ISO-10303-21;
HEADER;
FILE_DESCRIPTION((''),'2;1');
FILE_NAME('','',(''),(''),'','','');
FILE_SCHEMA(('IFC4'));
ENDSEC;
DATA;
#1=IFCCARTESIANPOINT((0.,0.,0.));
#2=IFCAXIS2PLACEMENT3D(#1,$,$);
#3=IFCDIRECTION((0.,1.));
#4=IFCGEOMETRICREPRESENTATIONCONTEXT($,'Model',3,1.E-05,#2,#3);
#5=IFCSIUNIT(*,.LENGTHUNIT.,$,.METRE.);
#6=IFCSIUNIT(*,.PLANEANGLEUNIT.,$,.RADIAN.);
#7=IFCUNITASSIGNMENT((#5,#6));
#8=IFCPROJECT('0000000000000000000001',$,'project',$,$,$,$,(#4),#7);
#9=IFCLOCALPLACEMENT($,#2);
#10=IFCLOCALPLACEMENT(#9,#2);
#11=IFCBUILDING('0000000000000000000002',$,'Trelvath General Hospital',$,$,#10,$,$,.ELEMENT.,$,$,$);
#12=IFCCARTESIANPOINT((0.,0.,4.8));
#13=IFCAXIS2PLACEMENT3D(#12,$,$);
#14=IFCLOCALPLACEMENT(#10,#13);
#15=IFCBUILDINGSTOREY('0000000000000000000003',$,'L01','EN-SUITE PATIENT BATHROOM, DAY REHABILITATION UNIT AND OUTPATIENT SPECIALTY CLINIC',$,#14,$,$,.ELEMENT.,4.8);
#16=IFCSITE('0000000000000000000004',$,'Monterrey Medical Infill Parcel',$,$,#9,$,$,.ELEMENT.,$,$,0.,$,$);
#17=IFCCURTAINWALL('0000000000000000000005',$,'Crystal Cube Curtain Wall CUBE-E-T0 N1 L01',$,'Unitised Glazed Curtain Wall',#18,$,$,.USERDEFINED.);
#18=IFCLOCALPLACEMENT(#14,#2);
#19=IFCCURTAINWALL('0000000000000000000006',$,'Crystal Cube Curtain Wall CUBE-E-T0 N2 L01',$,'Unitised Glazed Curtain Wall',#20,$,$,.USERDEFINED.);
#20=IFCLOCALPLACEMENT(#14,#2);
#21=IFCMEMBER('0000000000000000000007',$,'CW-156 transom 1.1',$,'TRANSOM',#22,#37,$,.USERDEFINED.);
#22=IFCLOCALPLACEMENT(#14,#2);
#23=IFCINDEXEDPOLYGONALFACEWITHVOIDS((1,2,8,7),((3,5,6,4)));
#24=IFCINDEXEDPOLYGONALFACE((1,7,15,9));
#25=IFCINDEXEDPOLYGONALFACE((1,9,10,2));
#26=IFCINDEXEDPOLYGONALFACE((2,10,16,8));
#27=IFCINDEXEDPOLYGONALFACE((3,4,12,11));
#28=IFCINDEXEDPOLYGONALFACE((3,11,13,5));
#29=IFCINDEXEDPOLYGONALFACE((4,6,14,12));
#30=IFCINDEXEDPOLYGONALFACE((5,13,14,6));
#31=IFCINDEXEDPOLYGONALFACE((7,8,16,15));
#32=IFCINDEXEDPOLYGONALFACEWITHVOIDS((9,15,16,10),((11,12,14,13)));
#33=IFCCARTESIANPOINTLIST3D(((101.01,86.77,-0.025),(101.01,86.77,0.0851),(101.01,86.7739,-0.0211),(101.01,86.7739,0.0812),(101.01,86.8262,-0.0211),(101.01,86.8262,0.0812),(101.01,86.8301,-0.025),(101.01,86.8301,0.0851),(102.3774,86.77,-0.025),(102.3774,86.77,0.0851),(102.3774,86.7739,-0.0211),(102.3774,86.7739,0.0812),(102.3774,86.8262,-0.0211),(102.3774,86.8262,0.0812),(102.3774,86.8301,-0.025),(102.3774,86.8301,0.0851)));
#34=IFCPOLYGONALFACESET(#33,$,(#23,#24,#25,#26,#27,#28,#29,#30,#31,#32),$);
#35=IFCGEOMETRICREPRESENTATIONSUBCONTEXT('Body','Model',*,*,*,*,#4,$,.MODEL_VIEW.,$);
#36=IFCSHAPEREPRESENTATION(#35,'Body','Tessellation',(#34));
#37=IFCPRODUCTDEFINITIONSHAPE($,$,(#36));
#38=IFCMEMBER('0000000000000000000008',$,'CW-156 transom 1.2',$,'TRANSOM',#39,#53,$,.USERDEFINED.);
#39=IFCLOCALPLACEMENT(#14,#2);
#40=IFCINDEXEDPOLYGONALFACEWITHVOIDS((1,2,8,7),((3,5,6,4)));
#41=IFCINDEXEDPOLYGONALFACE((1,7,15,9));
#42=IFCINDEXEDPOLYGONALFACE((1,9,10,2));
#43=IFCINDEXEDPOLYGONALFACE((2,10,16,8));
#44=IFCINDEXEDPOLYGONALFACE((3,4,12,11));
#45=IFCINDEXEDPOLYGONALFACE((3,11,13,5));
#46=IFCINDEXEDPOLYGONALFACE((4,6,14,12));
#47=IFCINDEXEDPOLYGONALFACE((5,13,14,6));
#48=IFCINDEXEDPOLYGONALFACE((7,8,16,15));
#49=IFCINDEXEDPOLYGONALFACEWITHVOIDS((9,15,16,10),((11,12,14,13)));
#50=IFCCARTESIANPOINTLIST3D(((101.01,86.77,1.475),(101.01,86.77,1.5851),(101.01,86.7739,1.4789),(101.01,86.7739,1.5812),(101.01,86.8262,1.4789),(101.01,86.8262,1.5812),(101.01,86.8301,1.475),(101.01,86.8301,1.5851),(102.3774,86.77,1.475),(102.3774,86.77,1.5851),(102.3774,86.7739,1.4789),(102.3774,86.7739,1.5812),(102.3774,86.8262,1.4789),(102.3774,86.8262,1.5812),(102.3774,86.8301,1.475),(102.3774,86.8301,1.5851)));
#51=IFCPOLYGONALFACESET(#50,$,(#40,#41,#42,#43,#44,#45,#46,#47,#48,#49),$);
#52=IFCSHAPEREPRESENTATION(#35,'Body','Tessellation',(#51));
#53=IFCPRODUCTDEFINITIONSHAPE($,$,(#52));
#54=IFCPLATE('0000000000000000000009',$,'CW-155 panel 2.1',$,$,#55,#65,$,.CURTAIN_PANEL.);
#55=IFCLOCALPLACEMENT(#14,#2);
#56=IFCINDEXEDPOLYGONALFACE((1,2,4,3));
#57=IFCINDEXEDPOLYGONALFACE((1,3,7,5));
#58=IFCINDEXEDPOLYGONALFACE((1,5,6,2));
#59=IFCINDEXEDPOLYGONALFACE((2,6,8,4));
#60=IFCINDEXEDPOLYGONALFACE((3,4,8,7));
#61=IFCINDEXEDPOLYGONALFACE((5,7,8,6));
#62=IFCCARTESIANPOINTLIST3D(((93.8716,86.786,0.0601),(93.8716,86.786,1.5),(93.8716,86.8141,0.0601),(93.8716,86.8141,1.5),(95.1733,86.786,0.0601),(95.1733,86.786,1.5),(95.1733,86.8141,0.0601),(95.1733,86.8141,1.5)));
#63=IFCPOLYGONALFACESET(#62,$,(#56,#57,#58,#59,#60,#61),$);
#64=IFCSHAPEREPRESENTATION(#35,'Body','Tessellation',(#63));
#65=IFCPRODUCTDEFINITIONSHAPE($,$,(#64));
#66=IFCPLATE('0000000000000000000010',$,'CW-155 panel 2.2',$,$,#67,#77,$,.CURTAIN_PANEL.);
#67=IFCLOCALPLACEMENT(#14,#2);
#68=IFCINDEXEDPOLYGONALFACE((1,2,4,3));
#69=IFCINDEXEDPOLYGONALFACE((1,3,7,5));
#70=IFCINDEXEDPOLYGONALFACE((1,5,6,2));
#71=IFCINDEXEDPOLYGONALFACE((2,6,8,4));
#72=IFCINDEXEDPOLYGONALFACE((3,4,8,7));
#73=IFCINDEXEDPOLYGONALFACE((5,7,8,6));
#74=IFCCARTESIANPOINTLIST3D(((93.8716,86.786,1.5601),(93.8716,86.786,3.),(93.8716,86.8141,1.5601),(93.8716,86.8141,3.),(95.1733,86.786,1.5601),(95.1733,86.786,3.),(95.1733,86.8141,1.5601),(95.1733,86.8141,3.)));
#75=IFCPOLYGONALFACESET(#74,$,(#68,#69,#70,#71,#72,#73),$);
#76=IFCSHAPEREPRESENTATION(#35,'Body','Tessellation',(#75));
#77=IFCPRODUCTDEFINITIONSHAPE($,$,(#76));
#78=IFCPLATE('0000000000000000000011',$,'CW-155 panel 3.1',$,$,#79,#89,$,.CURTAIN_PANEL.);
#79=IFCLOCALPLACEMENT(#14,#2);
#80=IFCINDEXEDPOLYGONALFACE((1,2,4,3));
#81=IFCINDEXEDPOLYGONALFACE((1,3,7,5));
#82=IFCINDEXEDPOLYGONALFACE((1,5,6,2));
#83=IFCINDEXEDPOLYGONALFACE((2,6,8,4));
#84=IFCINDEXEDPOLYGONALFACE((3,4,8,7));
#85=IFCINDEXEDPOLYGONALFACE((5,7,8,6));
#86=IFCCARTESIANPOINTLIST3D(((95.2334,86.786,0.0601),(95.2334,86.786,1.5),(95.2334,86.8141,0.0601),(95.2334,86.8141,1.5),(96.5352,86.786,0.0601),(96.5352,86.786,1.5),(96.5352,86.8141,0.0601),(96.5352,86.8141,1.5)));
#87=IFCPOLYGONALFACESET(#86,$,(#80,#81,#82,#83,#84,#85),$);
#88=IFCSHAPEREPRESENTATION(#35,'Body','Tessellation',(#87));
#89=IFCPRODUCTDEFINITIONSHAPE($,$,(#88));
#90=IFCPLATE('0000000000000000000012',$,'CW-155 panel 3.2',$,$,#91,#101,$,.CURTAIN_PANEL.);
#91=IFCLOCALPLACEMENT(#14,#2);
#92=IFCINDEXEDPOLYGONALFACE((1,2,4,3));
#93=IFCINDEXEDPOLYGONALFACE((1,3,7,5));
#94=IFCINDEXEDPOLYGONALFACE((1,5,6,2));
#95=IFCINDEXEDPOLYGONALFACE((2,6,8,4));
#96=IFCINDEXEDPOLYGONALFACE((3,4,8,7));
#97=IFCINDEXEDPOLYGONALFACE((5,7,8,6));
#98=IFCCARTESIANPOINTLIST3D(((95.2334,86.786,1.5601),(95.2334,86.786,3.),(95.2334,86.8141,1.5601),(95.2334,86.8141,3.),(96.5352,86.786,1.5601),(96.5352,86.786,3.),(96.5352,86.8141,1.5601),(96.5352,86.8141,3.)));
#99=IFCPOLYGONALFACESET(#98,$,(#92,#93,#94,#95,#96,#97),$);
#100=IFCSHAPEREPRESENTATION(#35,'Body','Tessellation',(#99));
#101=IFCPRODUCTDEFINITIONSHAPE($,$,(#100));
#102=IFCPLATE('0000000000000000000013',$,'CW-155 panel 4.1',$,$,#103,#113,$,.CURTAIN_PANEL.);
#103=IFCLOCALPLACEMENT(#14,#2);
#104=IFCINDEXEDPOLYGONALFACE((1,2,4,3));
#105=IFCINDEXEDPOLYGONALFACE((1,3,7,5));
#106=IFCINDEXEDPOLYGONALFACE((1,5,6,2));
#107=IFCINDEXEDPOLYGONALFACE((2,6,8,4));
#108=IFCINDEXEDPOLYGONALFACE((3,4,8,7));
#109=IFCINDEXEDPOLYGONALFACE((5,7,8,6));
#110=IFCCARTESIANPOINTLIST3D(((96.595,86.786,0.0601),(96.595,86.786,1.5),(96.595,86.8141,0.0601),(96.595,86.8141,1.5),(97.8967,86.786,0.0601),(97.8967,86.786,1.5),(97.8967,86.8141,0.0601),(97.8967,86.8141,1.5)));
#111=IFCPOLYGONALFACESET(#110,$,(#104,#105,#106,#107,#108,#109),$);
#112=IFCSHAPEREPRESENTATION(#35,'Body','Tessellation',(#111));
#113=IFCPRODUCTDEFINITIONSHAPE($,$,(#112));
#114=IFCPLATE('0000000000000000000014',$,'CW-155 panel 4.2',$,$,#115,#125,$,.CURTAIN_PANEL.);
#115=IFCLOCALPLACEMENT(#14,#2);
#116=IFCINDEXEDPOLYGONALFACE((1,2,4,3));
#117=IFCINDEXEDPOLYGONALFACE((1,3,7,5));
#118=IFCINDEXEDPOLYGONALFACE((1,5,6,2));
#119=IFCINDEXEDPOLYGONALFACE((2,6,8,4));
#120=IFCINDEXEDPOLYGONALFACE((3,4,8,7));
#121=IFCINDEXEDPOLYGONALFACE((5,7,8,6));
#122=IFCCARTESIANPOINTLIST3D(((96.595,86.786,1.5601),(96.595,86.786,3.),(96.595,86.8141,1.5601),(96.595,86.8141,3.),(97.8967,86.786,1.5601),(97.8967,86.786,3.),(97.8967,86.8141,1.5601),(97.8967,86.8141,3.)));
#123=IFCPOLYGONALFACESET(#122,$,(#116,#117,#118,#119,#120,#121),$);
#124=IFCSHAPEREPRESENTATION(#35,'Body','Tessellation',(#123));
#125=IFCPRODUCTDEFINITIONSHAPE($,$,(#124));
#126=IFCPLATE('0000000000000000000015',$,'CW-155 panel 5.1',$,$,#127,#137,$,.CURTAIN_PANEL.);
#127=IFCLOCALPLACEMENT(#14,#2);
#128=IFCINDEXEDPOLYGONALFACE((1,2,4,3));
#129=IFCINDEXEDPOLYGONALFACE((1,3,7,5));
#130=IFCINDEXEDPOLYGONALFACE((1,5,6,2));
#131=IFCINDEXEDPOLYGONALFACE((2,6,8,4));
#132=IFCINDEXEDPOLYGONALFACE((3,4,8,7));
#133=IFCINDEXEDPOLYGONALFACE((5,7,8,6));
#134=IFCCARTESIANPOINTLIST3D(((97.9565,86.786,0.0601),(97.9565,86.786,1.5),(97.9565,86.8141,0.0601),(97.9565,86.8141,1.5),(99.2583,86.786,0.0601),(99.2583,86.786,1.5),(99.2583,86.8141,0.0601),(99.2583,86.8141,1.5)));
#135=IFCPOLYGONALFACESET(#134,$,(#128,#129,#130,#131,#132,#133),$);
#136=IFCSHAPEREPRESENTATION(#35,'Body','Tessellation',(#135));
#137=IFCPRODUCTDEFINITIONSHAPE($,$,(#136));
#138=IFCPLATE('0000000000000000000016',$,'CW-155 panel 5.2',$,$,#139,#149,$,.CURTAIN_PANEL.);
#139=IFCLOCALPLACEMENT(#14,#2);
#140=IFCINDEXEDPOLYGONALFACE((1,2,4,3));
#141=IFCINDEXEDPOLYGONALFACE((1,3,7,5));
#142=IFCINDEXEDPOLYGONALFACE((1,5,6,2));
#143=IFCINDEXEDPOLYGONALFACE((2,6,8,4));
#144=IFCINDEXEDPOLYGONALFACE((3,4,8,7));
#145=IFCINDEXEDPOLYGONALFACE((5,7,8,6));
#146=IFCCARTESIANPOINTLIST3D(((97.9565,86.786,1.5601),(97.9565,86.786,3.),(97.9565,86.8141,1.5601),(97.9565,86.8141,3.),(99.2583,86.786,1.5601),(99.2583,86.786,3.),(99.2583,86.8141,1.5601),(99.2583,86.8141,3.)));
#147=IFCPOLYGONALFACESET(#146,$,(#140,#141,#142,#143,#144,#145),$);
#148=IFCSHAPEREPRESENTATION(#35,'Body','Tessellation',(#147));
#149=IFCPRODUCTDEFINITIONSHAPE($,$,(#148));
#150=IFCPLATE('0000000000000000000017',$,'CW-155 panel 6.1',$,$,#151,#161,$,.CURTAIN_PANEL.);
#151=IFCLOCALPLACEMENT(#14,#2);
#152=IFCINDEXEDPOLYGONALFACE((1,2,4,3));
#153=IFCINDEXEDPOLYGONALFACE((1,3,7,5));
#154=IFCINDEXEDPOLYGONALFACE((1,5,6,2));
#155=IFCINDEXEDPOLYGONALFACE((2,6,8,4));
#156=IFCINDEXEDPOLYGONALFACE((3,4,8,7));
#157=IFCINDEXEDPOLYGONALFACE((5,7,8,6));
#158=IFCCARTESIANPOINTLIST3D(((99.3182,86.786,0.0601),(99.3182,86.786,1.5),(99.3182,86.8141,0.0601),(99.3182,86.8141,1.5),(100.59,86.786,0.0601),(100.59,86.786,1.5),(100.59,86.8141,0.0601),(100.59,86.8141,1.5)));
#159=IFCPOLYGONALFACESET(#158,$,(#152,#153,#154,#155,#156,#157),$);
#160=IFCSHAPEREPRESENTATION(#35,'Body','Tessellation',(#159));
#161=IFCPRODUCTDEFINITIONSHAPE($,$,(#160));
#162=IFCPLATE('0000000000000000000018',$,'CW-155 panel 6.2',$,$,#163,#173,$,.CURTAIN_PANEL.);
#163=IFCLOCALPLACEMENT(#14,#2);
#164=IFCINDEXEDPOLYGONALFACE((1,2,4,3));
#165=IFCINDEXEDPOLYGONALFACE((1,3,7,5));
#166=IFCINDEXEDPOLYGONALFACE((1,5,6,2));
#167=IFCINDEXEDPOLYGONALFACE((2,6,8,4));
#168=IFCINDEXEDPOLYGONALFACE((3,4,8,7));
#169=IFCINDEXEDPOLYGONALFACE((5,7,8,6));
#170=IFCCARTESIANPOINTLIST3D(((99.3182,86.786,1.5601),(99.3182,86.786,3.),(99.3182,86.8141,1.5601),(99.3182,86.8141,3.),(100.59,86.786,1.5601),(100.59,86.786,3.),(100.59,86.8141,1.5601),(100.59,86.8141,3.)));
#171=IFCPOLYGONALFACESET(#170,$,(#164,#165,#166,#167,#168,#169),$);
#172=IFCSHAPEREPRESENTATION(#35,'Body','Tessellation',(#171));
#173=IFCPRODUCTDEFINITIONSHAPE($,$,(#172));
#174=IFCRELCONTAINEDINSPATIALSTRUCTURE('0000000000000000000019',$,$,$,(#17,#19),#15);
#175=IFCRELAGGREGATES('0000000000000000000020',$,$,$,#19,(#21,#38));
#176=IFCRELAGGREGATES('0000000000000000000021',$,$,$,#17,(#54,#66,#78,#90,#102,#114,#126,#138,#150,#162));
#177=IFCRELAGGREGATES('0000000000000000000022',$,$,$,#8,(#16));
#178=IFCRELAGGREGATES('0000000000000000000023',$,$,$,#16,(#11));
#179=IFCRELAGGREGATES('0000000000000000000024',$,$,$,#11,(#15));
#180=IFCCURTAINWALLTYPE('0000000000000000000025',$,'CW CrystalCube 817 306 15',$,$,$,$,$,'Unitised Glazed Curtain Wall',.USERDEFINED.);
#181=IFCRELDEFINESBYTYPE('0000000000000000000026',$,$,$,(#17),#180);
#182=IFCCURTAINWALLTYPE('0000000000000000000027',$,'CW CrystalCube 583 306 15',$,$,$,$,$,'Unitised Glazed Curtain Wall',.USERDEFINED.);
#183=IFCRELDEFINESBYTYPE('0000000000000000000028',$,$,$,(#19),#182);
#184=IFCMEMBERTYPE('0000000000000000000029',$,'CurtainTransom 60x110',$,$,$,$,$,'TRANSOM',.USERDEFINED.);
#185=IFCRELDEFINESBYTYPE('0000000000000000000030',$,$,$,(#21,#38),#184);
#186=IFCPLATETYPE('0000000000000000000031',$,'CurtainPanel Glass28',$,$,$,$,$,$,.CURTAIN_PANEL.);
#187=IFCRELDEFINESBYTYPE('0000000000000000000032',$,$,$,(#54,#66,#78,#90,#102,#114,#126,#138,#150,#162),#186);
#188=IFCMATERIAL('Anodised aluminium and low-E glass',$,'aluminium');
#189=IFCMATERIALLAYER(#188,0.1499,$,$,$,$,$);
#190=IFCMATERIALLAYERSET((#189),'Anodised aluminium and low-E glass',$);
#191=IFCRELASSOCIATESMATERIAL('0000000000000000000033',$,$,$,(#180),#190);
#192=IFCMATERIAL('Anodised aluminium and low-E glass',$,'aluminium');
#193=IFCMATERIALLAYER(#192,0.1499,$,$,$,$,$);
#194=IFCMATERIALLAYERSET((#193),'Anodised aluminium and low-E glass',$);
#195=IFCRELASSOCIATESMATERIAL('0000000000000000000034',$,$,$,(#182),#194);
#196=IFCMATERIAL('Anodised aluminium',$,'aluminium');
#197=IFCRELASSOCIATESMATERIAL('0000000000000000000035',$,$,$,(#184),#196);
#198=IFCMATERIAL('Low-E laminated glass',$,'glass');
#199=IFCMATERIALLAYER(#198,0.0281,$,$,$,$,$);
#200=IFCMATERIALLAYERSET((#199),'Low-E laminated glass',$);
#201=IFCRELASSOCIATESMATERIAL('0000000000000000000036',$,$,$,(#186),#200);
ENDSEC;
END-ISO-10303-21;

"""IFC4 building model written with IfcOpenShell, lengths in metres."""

from ifc_helpers import new_model, si_unit, direction, frame, origin, origin_2d, place, context, subcontext, project, spatial, rectangle, hollow_rectangle, extrude, material, layer, layer_set, material_profile, profile_set, type_object, element, aggregate, save


model = new_model("IFC4")

# Units and contexts
model_context = context("Model", 3, precision=1e-05, world=origin(), true_north=direction((0.0, 1.0)))
body_context = subcontext(model_context, "Body", "Model", "MODEL_VIEW")
ifc_project = project(units=[si_unit("LENGTHUNIT", "METRE"), si_unit("PLANEANGLEUNIT", "RADIAN")], contexts=[model_context])

# Site, building, storey
site_placement = place(None, origin())
site = spatial("IfcSite", under=ifc_project, at=site_placement, Name="Monterrey Medical Infill Parcel", CompositionType="ELEMENT", RefElevation=0.0)
building_placement = place(site_placement, origin())
building = spatial("IfcBuilding", under=site, at=building_placement, Name="Trelvath General Hospital", CompositionType="ELEMENT")
storey_placement = place(building_placement, frame((0.0, 0.0, 4.8)))
storey = spatial("IfcBuildingStorey", under=building, at=storey_placement, Name="L01", Description="EN-SUITE PATIENT BATHROOM, DAY REHABILITATION UNIT AND OUTPATIENT SPECIALTY CLINIC", CompositionType="ELEMENT", Elevation=4.8)

# Curtain wall
ifc_material_1 = material(Name="Anodised aluminium and low-E glass", Category="aluminium")
ifc_layer_1 = layer(ifc_material_1, 0.1499)
ifc_layer_set_1 = layer_set([ifc_layer_1], Name="Anodised aluminium and low-E glass")
curtain_wall_type_1 = type_object("IfcCurtainWallType", Name="CW CrystalCube 817 306 15", ElementType="Unitised Glazed Curtain Wall", PredefinedType="USERDEFINED", material=ifc_layer_set_1)
curtain_wall_1_placement = place(storey_placement, origin())
curtain_wall_1 = element("IfcCurtainWall", 1, at=curtain_wall_1_placement, inside=storey, type_object=curtain_wall_type_1, Name="Crystal Cube Curtain Wall CUBE-E-T0 N1 L01", ObjectType="Unitised Glazed Curtain Wall", PredefinedType="USERDEFINED")

# Curtain wall
ifc_material_2 = material(Name="Anodised aluminium and low-E glass", Category="aluminium")
ifc_layer_2 = layer(ifc_material_2, 0.1499)
ifc_layer_set_2 = layer_set([ifc_layer_2], Name="Anodised aluminium and low-E glass")
curtain_wall_type_2 = type_object("IfcCurtainWallType", Name="CW CrystalCube 583 306 15", ElementType="Unitised Glazed Curtain Wall", PredefinedType="USERDEFINED", material=ifc_layer_set_2)
curtain_wall_2_placement = place(storey_placement, origin())
curtain_wall_2 = element("IfcCurtainWall", 2, at=curtain_wall_2_placement, inside=storey, type_object=curtain_wall_type_2, Name="Crystal Cube Curtain Wall CUBE-E-T0 N2 L01", ObjectType="Unitised Glazed Curtain Wall", PredefinedType="USERDEFINED")

# Members
ifc_material_3 = material(Name="Anodised aluminium", Category="aluminium")
ifc_material_profile_1 = material_profile(ifc_material_3, hollow_rectangle(XDim=0.0601, YDim=0.1101, WallThickness=0.0039, at=origin_2d()), Name="RHS60x110x4")
ifc_profile_set_1 = profile_set([ifc_material_profile_1], Name="Anodised aluminium")
member_type_1 = type_object("IfcMemberType", Name="CurtainTransom 60x110", ElementType="TRANSOM", PredefinedType="USERDEFINED", material=ifc_profile_set_1)
member_1_placement = place(storey_placement, frame((101.01, 86.8, 0.03), z_axis=(1.0, 0.0, 0.0), x_axis=(0.0, 1.0, 0.0)))
member_1 = element("IfcMember", 3, at=member_1_placement, type_object=member_type_1, Name="CW-156 transom 1.1", ObjectType="TRANSOM", PredefinedType="USERDEFINED", context=body_context, shape_type="SweptSolid", body=[
    extrude(hollow_rectangle(XDim=0.0601, YDim=0.1101, WallThickness=0.0039, at=origin_2d()), origin(), (0.0, 0.0, 1.0), 1.3674),
])
member_2_placement = place(storey_placement, frame((101.01, 86.8, 1.53), z_axis=(1.0, 0.0, 0.0), x_axis=(0.0, 1.0, 0.0)))
member_2 = element("IfcMember", 4, at=member_2_placement, type_object=member_type_1, Name="CW-156 transom 1.2", ObjectType="TRANSOM", PredefinedType="USERDEFINED", context=body_context, shape_type="SweptSolid", body=[
    extrude(hollow_rectangle(XDim=0.0601, YDim=0.1101, WallThickness=0.0039, at=origin_2d()), origin(), (0.0, 0.0, 1.0), 1.3674),
])
aggregate(curtain_wall_2, [member_1, member_2])

# Plates
ifc_material_4 = material(Name="Low-E laminated glass", Category="glass")
ifc_layer_3 = layer(ifc_material_4, 0.0281)
ifc_layer_set_3 = layer_set([ifc_layer_3], Name="Low-E laminated glass")
plate_type = type_object("IfcPlateType", Name="CurtainPanel Glass28", PredefinedType="CURTAIN_PANEL", material=ifc_layer_set_3)
plate_1_placement = place(storey_placement, frame((94.5225, 86.8, 0.0601), z_axis=(0.0, 0.0, 1.0), x_axis=(1.0, 0.0, 0.0)))
plate_1 = element("IfcPlate", 5, at=plate_1_placement, type_object=plate_type, Name="CW-155 panel 2.1", PredefinedType="CURTAIN_PANEL", context=body_context, shape_type="SweptSolid", body=[
    extrude(rectangle(XDim=1.3018, YDim=0.0281, at=origin_2d()), origin(), (0.0, 0.0, 1.0), 1.4399),
])
plate_2_placement = place(storey_placement, frame((94.5225, 86.8, 1.5601), z_axis=(0.0, 0.0, 1.0), x_axis=(1.0, 0.0, 0.0)))
plate_2 = element("IfcPlate", 6, at=plate_2_placement, type_object=plate_type, Name="CW-155 panel 2.2", PredefinedType="CURTAIN_PANEL", context=body_context, shape_type="SweptSolid", body=[
    extrude(rectangle(XDim=1.3018, YDim=0.0281, at=origin_2d()), origin(), (0.0, 0.0, 1.0), 1.4399),
])
plate_3_placement = place(storey_placement, frame((95.8843, 86.8, 0.0601), z_axis=(0.0, 0.0, 1.0), x_axis=(1.0, 0.0, 0.0)))
plate_3 = element("IfcPlate", 7, at=plate_3_placement, type_object=plate_type, Name="CW-155 panel 3.1", PredefinedType="CURTAIN_PANEL", context=body_context, shape_type="SweptSolid", body=[
    extrude(rectangle(XDim=1.3018, YDim=0.0281, at=origin_2d()), origin(), (0.0, 0.0, 1.0), 1.4399),
])
plate_4_placement = place(storey_placement, frame((95.8843, 86.8, 1.5601), z_axis=(0.0, 0.0, 1.0), x_axis=(1.0, 0.0, 0.0)))
plate_4 = element("IfcPlate", 8, at=plate_4_placement, type_object=plate_type, Name="CW-155 panel 3.2", PredefinedType="CURTAIN_PANEL", context=body_context, shape_type="SweptSolid", body=[
    extrude(rectangle(XDim=1.3018, YDim=0.0281, at=origin_2d()), origin(), (0.0, 0.0, 1.0), 1.4399),
])
plate_5_placement = place(storey_placement, frame((97.2458, 86.8, 0.0601), z_axis=(0.0, 0.0, 1.0), x_axis=(1.0, 0.0, 0.0)))
plate_5 = element("IfcPlate", 9, at=plate_5_placement, type_object=plate_type, Name="CW-155 panel 4.1", PredefinedType="CURTAIN_PANEL", context=body_context, shape_type="SweptSolid", body=[
    extrude(rectangle(XDim=1.3018, YDim=0.0281, at=origin_2d()), origin(), (0.0, 0.0, 1.0), 1.4399),
])
plate_6_placement = place(storey_placement, frame((97.2458, 86.8, 1.5601), z_axis=(0.0, 0.0, 1.0), x_axis=(1.0, 0.0, 0.0)))
plate_6 = element("IfcPlate", 10, at=plate_6_placement, type_object=plate_type, Name="CW-155 panel 4.2", PredefinedType="CURTAIN_PANEL", context=body_context, shape_type="SweptSolid", body=[
    extrude(rectangle(XDim=1.3018, YDim=0.0281, at=origin_2d()), origin(), (0.0, 0.0, 1.0), 1.4399),
])
plate_7_placement = place(storey_placement, frame((98.6074, 86.8, 0.0601), z_axis=(0.0, 0.0, 1.0), x_axis=(1.0, 0.0, 0.0)))
plate_7 = element("IfcPlate", 11, at=plate_7_placement, type_object=plate_type, Name="CW-155 panel 5.1", PredefinedType="CURTAIN_PANEL", context=body_context, shape_type="SweptSolid", body=[
    extrude(rectangle(XDim=1.3018, YDim=0.0281, at=origin_2d()), origin(), (0.0, 0.0, 1.0), 1.4399),
])
plate_8_placement = place(storey_placement, frame((98.6074, 86.8, 1.5601), z_axis=(0.0, 0.0, 1.0), x_axis=(1.0, 0.0, 0.0)))
plate_8 = element("IfcPlate", 12, at=plate_8_placement, type_object=plate_type, Name="CW-155 panel 5.2", PredefinedType="CURTAIN_PANEL", context=body_context, shape_type="SweptSolid", body=[
    extrude(rectangle(XDim=1.3018, YDim=0.0281, at=origin_2d()), origin(), (0.0, 0.0, 1.0), 1.4399),
])
plate_9_placement = place(storey_placement, frame((99.9541, 86.8, 0.0601), z_axis=(0.0, 0.0, 1.0), x_axis=(1.0, 0.0, 0.0)))
plate_9 = element("IfcPlate", 13, at=plate_9_placement, type_object=plate_type, Name="CW-155 panel 6.1", PredefinedType="CURTAIN_PANEL", context=body_context, shape_type="SweptSolid", body=[
    extrude(rectangle(XDim=1.2717, YDim=0.0281, at=origin_2d()), origin(), (0.0, 0.0, 1.0), 1.4399),
])
plate_10_placement = place(storey_placement, frame((99.9541, 86.8, 1.5601), z_axis=(0.0, 0.0, 1.0), x_axis=(1.0, 0.0, 0.0)))
plate_10 = element("IfcPlate", 14, at=plate_10_placement, type_object=plate_type, Name="CW-155 panel 6.2", PredefinedType="CURTAIN_PANEL", context=body_context, shape_type="SweptSolid", body=[
    extrude(rectangle(XDim=1.2717, YDim=0.0281, at=origin_2d()), origin(), (0.0, 0.0, 1.0), 1.4399),
])
aggregate(curtain_wall_1, [plate_1, plate_2, plate_3, plate_4, plate_5, plate_6, plate_7, plate_8, plate_9, plate_10])

save(model, "model.ifc")
